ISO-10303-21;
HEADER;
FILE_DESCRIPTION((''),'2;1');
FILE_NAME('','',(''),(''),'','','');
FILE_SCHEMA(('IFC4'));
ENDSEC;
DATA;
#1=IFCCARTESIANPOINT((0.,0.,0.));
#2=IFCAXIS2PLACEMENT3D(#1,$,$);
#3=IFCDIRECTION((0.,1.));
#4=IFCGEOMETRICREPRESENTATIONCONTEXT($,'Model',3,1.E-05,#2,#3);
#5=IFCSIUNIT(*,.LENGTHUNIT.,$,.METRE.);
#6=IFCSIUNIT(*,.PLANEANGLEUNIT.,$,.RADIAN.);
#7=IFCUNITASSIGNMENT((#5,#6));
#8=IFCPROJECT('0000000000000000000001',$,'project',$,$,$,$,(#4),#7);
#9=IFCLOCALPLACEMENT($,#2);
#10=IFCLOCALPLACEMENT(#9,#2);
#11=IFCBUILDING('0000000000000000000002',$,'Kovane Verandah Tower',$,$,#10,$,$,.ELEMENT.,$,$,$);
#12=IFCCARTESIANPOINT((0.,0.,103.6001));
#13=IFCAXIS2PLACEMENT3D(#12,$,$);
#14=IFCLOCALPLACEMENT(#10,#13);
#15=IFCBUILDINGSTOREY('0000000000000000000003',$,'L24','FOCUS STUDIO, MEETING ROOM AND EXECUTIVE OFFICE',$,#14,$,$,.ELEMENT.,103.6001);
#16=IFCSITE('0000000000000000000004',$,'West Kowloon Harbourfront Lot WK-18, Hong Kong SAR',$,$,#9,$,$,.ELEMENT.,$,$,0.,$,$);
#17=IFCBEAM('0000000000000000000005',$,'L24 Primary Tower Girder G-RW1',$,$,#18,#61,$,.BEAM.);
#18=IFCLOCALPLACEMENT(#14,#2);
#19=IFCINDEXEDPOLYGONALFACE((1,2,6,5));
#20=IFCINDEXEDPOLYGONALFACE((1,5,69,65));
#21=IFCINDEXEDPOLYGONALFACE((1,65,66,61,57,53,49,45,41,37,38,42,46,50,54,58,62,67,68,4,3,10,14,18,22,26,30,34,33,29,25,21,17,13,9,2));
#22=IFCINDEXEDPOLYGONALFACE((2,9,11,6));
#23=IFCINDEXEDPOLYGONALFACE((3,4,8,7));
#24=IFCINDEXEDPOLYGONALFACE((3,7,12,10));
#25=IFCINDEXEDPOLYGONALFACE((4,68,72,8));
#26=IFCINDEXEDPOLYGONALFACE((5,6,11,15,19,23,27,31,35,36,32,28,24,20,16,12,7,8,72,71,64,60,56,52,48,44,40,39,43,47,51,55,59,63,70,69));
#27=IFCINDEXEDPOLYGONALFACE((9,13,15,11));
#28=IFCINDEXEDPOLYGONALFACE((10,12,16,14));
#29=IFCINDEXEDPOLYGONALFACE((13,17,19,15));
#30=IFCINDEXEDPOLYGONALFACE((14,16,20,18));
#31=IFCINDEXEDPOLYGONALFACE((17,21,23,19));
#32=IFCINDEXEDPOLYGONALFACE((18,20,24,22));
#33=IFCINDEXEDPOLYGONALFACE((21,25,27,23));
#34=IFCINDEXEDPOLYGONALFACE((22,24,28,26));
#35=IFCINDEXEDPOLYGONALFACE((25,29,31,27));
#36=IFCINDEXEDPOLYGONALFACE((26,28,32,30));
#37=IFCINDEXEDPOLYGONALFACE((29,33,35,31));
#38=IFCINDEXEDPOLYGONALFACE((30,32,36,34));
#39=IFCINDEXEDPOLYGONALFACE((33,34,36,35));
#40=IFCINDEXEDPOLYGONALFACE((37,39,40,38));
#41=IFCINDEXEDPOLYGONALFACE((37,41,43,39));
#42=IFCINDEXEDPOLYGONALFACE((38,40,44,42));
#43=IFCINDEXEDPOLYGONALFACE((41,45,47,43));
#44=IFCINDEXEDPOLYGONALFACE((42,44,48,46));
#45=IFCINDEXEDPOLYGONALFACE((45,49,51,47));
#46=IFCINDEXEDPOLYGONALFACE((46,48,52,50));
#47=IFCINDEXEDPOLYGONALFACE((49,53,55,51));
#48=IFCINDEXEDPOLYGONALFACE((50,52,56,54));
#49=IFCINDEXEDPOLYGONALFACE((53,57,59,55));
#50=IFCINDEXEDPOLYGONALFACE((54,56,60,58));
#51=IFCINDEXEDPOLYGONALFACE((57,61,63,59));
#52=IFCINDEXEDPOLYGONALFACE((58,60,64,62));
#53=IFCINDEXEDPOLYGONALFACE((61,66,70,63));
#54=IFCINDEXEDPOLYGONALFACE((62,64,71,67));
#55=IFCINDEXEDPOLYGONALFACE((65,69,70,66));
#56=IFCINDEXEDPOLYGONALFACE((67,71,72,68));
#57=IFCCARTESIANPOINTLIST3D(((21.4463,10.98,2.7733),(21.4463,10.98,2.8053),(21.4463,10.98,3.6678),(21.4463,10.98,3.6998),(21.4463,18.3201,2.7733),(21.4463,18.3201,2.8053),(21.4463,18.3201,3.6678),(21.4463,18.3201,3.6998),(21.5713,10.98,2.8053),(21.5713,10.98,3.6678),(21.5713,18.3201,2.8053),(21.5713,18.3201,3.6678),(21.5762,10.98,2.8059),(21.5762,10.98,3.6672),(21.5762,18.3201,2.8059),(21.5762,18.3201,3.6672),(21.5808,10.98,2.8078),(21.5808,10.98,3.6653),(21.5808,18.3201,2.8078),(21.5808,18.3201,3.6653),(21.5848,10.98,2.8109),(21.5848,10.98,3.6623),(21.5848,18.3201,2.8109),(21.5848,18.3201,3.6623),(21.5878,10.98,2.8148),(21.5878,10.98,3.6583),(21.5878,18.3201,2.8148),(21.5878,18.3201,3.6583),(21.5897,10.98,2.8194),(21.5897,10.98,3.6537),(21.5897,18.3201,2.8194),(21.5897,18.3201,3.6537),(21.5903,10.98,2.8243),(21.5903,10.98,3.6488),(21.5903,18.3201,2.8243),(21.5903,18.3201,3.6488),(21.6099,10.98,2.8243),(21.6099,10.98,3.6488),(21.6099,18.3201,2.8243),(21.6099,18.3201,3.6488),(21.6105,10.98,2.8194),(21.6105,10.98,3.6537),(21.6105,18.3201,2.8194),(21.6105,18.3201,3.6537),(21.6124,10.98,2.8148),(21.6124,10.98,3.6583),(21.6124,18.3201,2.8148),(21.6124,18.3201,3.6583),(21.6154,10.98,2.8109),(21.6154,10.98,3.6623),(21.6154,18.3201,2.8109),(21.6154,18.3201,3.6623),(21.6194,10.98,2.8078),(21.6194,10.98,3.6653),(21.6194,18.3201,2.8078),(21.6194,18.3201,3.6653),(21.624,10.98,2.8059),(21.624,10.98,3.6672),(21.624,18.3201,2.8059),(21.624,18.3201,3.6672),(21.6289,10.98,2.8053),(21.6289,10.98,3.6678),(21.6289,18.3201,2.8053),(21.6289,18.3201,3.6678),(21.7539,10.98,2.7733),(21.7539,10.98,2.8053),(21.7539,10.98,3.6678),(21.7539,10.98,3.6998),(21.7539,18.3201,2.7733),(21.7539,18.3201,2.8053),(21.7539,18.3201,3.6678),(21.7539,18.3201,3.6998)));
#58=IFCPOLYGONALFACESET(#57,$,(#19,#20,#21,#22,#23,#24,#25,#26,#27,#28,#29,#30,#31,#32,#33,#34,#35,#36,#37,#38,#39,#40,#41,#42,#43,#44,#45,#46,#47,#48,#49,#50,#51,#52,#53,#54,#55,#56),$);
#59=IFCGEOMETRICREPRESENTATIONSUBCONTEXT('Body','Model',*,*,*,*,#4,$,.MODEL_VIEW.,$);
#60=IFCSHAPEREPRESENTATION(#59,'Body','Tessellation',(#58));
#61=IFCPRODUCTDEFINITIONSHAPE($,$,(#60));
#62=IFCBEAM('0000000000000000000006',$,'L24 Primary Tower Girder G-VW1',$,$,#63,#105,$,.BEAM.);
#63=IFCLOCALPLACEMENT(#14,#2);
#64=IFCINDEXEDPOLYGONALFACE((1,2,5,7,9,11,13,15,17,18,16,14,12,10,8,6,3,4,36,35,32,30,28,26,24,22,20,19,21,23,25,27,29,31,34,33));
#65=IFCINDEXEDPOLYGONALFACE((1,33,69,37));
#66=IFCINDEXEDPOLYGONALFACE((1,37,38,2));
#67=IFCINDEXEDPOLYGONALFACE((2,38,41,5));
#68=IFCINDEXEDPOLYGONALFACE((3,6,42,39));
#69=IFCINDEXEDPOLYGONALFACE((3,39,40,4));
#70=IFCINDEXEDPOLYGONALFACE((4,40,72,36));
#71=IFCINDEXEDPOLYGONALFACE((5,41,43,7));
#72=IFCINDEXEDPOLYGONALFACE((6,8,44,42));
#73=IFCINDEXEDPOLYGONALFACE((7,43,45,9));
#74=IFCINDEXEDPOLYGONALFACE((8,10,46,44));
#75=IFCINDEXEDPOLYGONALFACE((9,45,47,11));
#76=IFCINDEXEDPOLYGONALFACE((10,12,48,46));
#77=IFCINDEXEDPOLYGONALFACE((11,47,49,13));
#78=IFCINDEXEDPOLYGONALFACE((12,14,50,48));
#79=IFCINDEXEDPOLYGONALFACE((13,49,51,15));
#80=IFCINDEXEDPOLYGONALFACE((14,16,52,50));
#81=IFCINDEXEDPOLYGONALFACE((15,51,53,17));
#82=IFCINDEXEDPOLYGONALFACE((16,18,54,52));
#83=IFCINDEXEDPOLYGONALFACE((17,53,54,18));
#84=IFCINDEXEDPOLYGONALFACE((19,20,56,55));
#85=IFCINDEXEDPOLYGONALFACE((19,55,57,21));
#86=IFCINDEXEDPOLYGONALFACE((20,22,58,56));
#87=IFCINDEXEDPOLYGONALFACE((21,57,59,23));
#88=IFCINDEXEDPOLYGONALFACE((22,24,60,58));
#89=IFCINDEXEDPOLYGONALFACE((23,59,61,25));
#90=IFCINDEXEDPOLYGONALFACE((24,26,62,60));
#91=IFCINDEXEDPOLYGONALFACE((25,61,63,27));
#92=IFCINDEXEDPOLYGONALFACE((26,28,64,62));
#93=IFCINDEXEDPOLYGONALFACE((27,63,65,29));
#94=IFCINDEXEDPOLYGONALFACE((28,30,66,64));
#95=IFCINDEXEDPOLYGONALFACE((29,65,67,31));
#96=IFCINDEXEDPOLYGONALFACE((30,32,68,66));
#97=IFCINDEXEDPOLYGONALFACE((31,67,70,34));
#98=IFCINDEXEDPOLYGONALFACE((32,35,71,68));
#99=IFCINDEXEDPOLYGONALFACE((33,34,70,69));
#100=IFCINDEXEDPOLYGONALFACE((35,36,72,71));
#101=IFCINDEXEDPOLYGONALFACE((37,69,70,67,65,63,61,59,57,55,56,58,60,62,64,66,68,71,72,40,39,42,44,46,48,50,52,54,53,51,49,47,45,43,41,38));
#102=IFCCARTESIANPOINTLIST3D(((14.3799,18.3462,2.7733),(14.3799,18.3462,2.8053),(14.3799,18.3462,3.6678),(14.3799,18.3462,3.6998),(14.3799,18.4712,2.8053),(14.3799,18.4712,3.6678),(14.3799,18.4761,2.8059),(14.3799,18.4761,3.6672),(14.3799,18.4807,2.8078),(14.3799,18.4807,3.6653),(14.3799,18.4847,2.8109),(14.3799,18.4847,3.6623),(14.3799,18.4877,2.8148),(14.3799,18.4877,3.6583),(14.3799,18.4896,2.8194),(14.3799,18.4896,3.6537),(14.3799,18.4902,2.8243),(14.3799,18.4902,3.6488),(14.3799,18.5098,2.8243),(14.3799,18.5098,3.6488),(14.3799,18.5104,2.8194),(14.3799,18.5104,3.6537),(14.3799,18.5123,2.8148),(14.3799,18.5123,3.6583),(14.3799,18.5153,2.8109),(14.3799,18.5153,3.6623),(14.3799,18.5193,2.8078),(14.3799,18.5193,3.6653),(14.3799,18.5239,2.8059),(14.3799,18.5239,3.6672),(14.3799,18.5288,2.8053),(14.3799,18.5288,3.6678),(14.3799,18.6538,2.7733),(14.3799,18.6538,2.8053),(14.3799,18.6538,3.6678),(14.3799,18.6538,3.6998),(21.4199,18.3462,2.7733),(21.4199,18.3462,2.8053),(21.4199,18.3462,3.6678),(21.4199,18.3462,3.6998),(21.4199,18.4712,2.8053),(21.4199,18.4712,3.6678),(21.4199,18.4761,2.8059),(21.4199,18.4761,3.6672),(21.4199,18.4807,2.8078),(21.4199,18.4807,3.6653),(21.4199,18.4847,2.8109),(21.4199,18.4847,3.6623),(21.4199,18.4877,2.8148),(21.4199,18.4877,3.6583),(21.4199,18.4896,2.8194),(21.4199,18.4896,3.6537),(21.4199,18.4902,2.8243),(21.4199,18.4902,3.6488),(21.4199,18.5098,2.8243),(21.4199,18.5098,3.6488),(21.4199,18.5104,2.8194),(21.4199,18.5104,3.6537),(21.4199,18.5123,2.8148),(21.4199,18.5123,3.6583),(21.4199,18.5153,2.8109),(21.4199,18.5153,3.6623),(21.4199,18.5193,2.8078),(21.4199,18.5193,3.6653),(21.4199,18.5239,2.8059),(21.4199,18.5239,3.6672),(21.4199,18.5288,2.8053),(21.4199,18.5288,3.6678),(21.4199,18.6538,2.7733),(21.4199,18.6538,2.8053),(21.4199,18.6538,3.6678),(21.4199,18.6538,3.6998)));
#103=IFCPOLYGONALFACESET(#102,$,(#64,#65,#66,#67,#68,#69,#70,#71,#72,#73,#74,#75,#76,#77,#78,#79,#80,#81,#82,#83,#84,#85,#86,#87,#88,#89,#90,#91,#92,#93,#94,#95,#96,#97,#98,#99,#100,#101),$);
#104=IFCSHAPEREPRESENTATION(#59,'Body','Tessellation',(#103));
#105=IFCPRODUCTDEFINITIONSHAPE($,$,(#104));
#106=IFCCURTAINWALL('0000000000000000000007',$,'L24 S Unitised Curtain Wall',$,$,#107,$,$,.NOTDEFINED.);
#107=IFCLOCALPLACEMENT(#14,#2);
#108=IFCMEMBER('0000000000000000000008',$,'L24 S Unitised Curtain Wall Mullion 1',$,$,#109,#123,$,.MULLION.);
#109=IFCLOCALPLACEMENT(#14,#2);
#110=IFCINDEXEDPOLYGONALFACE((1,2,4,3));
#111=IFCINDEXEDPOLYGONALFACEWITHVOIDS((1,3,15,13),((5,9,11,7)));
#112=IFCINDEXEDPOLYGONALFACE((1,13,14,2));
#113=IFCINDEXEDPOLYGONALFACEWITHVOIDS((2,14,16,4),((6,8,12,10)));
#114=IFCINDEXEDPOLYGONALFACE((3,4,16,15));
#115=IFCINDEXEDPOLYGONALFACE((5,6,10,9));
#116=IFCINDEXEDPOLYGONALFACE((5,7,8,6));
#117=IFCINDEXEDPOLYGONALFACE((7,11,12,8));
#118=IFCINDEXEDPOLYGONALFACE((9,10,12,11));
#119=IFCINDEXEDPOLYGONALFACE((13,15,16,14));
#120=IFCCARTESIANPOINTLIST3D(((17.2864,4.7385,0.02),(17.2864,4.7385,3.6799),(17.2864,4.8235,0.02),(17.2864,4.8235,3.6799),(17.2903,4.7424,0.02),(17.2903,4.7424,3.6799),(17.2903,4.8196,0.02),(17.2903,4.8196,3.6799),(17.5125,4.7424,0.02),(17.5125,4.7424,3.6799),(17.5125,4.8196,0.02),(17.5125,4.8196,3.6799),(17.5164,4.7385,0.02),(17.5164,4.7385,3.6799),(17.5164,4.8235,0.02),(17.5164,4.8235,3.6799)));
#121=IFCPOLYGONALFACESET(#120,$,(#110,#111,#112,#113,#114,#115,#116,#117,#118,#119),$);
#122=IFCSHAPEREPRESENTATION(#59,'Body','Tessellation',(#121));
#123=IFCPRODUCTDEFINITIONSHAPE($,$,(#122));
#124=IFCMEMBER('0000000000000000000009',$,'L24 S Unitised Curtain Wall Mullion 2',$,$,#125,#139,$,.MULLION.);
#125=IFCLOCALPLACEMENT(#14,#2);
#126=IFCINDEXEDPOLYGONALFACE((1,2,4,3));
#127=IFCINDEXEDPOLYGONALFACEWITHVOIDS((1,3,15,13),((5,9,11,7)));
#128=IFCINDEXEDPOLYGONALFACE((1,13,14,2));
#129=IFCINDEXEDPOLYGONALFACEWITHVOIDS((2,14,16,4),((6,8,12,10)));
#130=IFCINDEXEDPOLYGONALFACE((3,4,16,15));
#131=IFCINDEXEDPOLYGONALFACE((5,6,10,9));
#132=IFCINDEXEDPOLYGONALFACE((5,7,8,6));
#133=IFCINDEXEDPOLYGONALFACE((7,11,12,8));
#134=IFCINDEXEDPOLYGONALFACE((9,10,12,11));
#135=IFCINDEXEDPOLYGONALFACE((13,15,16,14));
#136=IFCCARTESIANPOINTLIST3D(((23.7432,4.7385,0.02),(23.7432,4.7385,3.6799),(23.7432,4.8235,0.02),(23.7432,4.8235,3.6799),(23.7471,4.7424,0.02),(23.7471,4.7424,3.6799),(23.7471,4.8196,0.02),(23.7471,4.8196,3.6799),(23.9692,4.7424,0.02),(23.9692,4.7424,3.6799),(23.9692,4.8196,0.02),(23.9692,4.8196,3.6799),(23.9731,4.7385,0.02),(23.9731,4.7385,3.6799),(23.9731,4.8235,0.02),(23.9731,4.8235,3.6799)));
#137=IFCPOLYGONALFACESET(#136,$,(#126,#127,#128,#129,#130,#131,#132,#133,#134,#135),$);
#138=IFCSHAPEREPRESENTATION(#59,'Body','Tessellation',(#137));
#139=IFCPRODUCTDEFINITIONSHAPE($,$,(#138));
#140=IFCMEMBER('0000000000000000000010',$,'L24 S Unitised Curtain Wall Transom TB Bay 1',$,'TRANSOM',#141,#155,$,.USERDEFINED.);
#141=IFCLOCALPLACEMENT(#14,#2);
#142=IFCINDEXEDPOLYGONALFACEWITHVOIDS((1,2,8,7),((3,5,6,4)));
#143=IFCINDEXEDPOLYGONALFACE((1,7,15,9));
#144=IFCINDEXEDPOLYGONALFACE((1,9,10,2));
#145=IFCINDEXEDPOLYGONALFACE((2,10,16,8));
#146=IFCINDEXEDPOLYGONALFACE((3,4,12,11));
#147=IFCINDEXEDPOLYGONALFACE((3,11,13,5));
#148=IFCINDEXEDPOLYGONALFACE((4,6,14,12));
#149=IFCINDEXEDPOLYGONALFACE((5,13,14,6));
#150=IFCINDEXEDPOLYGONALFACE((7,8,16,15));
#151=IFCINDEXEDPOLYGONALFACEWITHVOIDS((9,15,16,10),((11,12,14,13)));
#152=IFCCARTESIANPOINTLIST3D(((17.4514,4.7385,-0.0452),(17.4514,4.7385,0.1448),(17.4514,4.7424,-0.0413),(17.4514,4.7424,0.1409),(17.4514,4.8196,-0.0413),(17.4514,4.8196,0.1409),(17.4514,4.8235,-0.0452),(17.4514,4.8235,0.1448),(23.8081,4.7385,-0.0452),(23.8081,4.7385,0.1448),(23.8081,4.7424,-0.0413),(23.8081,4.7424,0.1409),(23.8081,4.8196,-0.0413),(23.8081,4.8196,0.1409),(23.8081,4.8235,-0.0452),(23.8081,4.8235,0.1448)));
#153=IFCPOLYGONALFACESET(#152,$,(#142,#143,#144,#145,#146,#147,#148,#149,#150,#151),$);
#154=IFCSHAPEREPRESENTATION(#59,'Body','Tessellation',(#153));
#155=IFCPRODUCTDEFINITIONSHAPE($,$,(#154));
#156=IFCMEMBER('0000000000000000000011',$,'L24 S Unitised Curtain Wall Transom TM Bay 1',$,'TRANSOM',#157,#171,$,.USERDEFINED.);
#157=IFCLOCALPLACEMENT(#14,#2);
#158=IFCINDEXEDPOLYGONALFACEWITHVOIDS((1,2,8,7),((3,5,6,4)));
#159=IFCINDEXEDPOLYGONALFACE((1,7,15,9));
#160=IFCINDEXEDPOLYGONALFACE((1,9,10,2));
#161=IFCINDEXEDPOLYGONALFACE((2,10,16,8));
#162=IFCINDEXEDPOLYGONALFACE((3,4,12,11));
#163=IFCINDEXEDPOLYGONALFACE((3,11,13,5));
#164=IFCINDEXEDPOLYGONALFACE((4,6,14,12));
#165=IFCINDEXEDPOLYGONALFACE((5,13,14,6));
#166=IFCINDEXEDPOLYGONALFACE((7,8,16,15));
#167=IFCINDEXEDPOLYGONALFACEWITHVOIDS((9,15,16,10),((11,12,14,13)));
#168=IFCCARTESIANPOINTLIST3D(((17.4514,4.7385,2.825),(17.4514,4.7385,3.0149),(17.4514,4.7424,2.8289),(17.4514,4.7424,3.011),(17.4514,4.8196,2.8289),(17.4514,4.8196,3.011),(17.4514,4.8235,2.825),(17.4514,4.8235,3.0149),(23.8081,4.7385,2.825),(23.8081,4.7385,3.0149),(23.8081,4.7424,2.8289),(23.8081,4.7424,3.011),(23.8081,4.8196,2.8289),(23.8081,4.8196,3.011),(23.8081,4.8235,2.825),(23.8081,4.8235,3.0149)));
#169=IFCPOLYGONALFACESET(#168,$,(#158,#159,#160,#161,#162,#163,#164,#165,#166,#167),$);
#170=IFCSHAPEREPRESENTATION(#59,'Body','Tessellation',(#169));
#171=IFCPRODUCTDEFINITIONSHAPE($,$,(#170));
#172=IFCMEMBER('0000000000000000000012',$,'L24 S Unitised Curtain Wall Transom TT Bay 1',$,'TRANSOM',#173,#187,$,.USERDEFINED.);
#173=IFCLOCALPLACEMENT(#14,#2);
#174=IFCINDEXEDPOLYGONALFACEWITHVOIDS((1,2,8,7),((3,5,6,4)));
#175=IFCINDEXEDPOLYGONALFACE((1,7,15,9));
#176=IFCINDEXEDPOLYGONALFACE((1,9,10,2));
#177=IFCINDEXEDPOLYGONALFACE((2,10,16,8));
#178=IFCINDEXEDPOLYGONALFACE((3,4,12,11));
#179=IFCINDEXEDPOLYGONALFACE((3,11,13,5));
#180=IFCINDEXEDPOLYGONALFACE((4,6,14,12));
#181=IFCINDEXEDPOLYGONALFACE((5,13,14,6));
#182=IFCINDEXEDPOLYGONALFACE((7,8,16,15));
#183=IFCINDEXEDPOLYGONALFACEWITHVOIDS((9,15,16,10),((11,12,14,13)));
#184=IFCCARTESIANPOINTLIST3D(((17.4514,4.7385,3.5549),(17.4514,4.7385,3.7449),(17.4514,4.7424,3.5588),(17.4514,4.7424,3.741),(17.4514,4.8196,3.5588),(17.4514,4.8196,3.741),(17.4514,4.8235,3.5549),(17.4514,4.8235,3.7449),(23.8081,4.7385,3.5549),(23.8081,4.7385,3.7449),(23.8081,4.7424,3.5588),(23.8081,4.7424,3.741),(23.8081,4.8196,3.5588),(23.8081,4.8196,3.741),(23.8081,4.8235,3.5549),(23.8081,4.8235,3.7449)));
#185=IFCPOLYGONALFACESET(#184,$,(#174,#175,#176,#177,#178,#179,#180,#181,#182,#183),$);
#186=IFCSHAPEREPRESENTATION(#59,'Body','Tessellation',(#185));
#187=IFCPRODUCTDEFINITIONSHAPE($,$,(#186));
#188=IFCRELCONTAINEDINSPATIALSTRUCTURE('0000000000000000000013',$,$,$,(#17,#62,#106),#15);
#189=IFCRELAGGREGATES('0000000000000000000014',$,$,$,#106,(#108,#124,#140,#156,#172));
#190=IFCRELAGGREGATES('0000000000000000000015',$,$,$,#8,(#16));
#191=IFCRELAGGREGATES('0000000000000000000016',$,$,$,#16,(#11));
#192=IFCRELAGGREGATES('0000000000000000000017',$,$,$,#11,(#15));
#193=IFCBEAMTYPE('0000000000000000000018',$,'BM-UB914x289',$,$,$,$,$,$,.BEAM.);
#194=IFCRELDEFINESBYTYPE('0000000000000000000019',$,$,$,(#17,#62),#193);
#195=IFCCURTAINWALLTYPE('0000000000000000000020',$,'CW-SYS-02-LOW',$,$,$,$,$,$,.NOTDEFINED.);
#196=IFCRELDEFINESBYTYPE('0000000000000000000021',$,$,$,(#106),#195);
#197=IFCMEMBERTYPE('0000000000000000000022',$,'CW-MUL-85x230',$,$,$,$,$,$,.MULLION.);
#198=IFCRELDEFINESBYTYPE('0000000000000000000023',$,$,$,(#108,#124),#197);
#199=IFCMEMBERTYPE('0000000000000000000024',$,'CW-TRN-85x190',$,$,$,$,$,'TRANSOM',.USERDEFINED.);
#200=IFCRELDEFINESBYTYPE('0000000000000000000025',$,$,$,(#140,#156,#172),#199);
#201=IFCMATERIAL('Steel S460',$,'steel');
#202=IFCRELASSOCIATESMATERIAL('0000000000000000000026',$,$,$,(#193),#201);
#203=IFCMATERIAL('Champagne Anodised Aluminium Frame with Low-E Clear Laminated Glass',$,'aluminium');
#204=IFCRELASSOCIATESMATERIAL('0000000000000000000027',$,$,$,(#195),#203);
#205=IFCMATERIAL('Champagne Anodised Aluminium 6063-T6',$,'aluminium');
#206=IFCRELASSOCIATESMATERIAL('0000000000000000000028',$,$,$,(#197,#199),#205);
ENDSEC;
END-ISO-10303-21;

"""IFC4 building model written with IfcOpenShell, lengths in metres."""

from ifc_helpers import new_model, si_unit, direction, frame, origin, origin_2d, place, context, subcontext, project, spatial, hollow_rectangle, i_section, extrude, material, material_profile, profile_set, type_object, element, aggregate, save


model = new_model("IFC4")

# Units and contexts
model_context = context("Model", 3, precision=1e-05, world=origin(), true_north=direction((0.0, 1.0)))
body_context = subcontext(model_context, "Body", "Model", "MODEL_VIEW")
ifc_project = project(units=[si_unit("LENGTHUNIT", "METRE"), si_unit("PLANEANGLEUNIT", "RADIAN")], contexts=[model_context])

# Site, building, storey
site_placement = place(None, origin())
site = spatial("IfcSite", under=ifc_project, at=site_placement, Name="West Kowloon Harbourfront Lot WK-18, Hong Kong SAR", CompositionType="ELEMENT", RefElevation=0.0)
building_placement = place(site_placement, origin())
building = spatial("IfcBuilding", under=site, at=building_placement, Name="Kovane Verandah Tower", CompositionType="ELEMENT")
storey_placement = place(building_placement, frame((0.0, 0.0, 103.6001)))
storey = spatial("IfcBuildingStorey", under=building, at=storey_placement, Name="L24", Description="FOCUS STUDIO, MEETING ROOM AND EXECUTIVE OFFICE", CompositionType="ELEMENT", Elevation=103.6001)

# Beams
ifc_material_1 = material(Name="Steel S460", Category="steel")
ifc_material_profile_1 = material_profile(ifc_material_1, i_section(OverallWidth=0.3076, OverallDepth=0.9265, WebThickness=0.0195, FlangeThickness=0.032, FilletRadius=0.019, at=origin_2d()), Name="UB914x305x289")
ifc_profile_set_1 = profile_set([ifc_material_profile_1], Name="Steel S460")
beam_type_1 = type_object("IfcBeamType", Name="BM-UB914x289", PredefinedType="BEAM", material=ifc_profile_set_1)
beam_1_placement = place(storey_placement, frame((21.6001, 10.98, 3.2366), z_axis=(0.0, 1.0, 0.0), x_axis=(-1.0, 0.0, 0.0)))
element("IfcBeam", 1, at=beam_1_placement, inside=storey, type_object=beam_type_1, Name="L24 Primary Tower Girder G-RW1", PredefinedType="BEAM", context=body_context, shape_type="SweptSolid", body=[
    extrude(i_section(OverallWidth=0.3076, OverallDepth=0.9265, WebThickness=0.0195, FlangeThickness=0.032, FilletRadius=0.019, at=origin_2d()), origin(), (0.0, 0.0, 1.0), 7.3401),
])
beam_2_placement = place(storey_placement, frame((21.4199, 18.5, 3.2366), z_axis=(-1.0, 0.0, 0.0), x_axis=(0.0, -1.0, 0.0)))
element("IfcBeam", 2, at=beam_2_placement, inside=storey, type_object=beam_type_1, Name="L24 Primary Tower Girder G-VW1", PredefinedType="BEAM", context=body_context, shape_type="SweptSolid", body=[
    extrude(i_section(OverallWidth=0.3076, OverallDepth=0.9265, WebThickness=0.0195, FlangeThickness=0.032, FilletRadius=0.019, at=origin_2d()), origin(), (0.0, 0.0, 1.0), 7.04),
])

# Curtain wall, members
ifc_material_2 = material(Name="Champagne Anodised Aluminium Frame with Low-E Clear Laminated Glass", Category="aluminium")
curtain_wall_type = type_object("IfcCurtainWallType", Name="CW-SYS-02-LOW", PredefinedType="NOTDEFINED", material=ifc_material_2)
curtain_wall_placement = place(storey_placement, origin())
curtain_wall = element("IfcCurtainWall", 3, at=curtain_wall_placement, inside=storey, type_object=curtain_wall_type, Name="L24 S Unitised Curtain Wall", PredefinedType="NOTDEFINED")
ifc_material_3 = material(Name="Champagne Anodised Aluminium 6063-T6", Category="aluminium")
ifc_material_profile_2 = material_profile(ifc_material_3, hollow_rectangle(XDim=0.085, YDim=0.23, WallThickness=0.0039, at=origin_2d()), Name="AL85x230x4")
ifc_profile_set_2 = profile_set([ifc_material_profile_2], Name="Champagne Anodised Aluminium 6063-T6")
member_type_1 = type_object("IfcMemberType", Name="CW-MUL-85x230", PredefinedType="MULLION", material=ifc_profile_set_2)
member_1_placement = place(storey_placement, frame((17.4014, 4.781, 0.02), z_axis=(0.0, 0.0, 1.0), x_axis=(0.0, -1.0, 0.0)))
member_1 = element("IfcMember", 4, at=member_1_placement, type_object=member_type_1, Name="L24 S Unitised Curtain Wall Mullion 1", PredefinedType="MULLION", context=body_context, shape_type="SweptSolid", body=[
    extrude(hollow_rectangle(XDim=0.085, YDim=0.23, WallThickness=0.0039, at=origin_2d()), origin(), (0.0, 0.0, 1.0), 3.6599),
])
member_2_placement = place(storey_placement, frame((23.8582, 4.781, 0.02), z_axis=(0.0, 0.0, 1.0), x_axis=(0.0, -1.0, 0.0)))
member_2 = element("IfcMember", 5, at=member_2_placement, type_object=member_type_1, Name="L24 S Unitised Curtain Wall Mullion 2", PredefinedType="MULLION", context=body_context, shape_type="SweptSolid", body=[
    extrude(hollow_rectangle(XDim=0.085, YDim=0.23, WallThickness=0.0039, at=origin_2d()), origin(), (0.0, 0.0, 1.0), 3.6599),
])
ifc_material_profile_3 = material_profile(ifc_material_3, hollow_rectangle(XDim=0.085, YDim=0.1899, WallThickness=0.0039, at=origin_2d()), Name="AL85x190x4")
ifc_profile_set_3 = profile_set([ifc_material_profile_3], Name="Champagne Anodised Aluminium 6063-T6")
member_type_2 = type_object("IfcMemberType", Name="CW-TRN-85x190", ElementType="TRANSOM", PredefinedType="USERDEFINED", material=ifc_profile_set_3)
member_3_placement = place(storey_placement, frame((17.4514, 4.781, 0.0498), z_axis=(1.0, 0.0, 0.0), x_axis=(0.0, 1.0, 0.0)))
member_3 = element("IfcMember", 6, at=member_3_placement, type_object=member_type_2, Name="L24 S Unitised Curtain Wall Transom TB Bay 1", ObjectType="TRANSOM", PredefinedType="USERDEFINED", context=body_context, shape_type="SweptSolid", body=[
    extrude(hollow_rectangle(XDim=0.085, YDim=0.1899, WallThickness=0.0039, at=origin_2d()), origin(), (0.0, 0.0, 1.0), 6.3567),
])
member_4_placement = place(storey_placement, frame((17.4514, 4.781, 2.9199), z_axis=(1.0, 0.0, 0.0), x_axis=(0.0, 1.0, 0.0)))
member_4 = element("IfcMember", 7, at=member_4_placement, type_object=member_type_2, Name="L24 S Unitised Curtain Wall Transom TM Bay 1", ObjectType="TRANSOM", PredefinedType="USERDEFINED", context=body_context, shape_type="SweptSolid", body=[
    extrude(hollow_rectangle(XDim=0.085, YDim=0.1899, WallThickness=0.0039, at=origin_2d()), origin(), (0.0, 0.0, 1.0), 6.3567),
])
member_5_placement = place(storey_placement, frame((17.4514, 4.781, 3.6499), z_axis=(1.0, 0.0, 0.0), x_axis=(0.0, 1.0, 0.0)))
member_5 = element("IfcMember", 8, at=member_5_placement, type_object=member_type_2, Name="L24 S Unitised Curtain Wall Transom TT Bay 1", ObjectType="TRANSOM", PredefinedType="USERDEFINED", context=body_context, shape_type="SweptSolid", body=[
    extrude(hollow_rectangle(XDim=0.085, YDim=0.1899, WallThickness=0.0039, at=origin_2d()), origin(), (0.0, 0.0, 1.0), 6.3567),
])
aggregate(curtain_wall, [member_1, member_2, member_3, member_4, member_5])

save(model, "model.ifc")
